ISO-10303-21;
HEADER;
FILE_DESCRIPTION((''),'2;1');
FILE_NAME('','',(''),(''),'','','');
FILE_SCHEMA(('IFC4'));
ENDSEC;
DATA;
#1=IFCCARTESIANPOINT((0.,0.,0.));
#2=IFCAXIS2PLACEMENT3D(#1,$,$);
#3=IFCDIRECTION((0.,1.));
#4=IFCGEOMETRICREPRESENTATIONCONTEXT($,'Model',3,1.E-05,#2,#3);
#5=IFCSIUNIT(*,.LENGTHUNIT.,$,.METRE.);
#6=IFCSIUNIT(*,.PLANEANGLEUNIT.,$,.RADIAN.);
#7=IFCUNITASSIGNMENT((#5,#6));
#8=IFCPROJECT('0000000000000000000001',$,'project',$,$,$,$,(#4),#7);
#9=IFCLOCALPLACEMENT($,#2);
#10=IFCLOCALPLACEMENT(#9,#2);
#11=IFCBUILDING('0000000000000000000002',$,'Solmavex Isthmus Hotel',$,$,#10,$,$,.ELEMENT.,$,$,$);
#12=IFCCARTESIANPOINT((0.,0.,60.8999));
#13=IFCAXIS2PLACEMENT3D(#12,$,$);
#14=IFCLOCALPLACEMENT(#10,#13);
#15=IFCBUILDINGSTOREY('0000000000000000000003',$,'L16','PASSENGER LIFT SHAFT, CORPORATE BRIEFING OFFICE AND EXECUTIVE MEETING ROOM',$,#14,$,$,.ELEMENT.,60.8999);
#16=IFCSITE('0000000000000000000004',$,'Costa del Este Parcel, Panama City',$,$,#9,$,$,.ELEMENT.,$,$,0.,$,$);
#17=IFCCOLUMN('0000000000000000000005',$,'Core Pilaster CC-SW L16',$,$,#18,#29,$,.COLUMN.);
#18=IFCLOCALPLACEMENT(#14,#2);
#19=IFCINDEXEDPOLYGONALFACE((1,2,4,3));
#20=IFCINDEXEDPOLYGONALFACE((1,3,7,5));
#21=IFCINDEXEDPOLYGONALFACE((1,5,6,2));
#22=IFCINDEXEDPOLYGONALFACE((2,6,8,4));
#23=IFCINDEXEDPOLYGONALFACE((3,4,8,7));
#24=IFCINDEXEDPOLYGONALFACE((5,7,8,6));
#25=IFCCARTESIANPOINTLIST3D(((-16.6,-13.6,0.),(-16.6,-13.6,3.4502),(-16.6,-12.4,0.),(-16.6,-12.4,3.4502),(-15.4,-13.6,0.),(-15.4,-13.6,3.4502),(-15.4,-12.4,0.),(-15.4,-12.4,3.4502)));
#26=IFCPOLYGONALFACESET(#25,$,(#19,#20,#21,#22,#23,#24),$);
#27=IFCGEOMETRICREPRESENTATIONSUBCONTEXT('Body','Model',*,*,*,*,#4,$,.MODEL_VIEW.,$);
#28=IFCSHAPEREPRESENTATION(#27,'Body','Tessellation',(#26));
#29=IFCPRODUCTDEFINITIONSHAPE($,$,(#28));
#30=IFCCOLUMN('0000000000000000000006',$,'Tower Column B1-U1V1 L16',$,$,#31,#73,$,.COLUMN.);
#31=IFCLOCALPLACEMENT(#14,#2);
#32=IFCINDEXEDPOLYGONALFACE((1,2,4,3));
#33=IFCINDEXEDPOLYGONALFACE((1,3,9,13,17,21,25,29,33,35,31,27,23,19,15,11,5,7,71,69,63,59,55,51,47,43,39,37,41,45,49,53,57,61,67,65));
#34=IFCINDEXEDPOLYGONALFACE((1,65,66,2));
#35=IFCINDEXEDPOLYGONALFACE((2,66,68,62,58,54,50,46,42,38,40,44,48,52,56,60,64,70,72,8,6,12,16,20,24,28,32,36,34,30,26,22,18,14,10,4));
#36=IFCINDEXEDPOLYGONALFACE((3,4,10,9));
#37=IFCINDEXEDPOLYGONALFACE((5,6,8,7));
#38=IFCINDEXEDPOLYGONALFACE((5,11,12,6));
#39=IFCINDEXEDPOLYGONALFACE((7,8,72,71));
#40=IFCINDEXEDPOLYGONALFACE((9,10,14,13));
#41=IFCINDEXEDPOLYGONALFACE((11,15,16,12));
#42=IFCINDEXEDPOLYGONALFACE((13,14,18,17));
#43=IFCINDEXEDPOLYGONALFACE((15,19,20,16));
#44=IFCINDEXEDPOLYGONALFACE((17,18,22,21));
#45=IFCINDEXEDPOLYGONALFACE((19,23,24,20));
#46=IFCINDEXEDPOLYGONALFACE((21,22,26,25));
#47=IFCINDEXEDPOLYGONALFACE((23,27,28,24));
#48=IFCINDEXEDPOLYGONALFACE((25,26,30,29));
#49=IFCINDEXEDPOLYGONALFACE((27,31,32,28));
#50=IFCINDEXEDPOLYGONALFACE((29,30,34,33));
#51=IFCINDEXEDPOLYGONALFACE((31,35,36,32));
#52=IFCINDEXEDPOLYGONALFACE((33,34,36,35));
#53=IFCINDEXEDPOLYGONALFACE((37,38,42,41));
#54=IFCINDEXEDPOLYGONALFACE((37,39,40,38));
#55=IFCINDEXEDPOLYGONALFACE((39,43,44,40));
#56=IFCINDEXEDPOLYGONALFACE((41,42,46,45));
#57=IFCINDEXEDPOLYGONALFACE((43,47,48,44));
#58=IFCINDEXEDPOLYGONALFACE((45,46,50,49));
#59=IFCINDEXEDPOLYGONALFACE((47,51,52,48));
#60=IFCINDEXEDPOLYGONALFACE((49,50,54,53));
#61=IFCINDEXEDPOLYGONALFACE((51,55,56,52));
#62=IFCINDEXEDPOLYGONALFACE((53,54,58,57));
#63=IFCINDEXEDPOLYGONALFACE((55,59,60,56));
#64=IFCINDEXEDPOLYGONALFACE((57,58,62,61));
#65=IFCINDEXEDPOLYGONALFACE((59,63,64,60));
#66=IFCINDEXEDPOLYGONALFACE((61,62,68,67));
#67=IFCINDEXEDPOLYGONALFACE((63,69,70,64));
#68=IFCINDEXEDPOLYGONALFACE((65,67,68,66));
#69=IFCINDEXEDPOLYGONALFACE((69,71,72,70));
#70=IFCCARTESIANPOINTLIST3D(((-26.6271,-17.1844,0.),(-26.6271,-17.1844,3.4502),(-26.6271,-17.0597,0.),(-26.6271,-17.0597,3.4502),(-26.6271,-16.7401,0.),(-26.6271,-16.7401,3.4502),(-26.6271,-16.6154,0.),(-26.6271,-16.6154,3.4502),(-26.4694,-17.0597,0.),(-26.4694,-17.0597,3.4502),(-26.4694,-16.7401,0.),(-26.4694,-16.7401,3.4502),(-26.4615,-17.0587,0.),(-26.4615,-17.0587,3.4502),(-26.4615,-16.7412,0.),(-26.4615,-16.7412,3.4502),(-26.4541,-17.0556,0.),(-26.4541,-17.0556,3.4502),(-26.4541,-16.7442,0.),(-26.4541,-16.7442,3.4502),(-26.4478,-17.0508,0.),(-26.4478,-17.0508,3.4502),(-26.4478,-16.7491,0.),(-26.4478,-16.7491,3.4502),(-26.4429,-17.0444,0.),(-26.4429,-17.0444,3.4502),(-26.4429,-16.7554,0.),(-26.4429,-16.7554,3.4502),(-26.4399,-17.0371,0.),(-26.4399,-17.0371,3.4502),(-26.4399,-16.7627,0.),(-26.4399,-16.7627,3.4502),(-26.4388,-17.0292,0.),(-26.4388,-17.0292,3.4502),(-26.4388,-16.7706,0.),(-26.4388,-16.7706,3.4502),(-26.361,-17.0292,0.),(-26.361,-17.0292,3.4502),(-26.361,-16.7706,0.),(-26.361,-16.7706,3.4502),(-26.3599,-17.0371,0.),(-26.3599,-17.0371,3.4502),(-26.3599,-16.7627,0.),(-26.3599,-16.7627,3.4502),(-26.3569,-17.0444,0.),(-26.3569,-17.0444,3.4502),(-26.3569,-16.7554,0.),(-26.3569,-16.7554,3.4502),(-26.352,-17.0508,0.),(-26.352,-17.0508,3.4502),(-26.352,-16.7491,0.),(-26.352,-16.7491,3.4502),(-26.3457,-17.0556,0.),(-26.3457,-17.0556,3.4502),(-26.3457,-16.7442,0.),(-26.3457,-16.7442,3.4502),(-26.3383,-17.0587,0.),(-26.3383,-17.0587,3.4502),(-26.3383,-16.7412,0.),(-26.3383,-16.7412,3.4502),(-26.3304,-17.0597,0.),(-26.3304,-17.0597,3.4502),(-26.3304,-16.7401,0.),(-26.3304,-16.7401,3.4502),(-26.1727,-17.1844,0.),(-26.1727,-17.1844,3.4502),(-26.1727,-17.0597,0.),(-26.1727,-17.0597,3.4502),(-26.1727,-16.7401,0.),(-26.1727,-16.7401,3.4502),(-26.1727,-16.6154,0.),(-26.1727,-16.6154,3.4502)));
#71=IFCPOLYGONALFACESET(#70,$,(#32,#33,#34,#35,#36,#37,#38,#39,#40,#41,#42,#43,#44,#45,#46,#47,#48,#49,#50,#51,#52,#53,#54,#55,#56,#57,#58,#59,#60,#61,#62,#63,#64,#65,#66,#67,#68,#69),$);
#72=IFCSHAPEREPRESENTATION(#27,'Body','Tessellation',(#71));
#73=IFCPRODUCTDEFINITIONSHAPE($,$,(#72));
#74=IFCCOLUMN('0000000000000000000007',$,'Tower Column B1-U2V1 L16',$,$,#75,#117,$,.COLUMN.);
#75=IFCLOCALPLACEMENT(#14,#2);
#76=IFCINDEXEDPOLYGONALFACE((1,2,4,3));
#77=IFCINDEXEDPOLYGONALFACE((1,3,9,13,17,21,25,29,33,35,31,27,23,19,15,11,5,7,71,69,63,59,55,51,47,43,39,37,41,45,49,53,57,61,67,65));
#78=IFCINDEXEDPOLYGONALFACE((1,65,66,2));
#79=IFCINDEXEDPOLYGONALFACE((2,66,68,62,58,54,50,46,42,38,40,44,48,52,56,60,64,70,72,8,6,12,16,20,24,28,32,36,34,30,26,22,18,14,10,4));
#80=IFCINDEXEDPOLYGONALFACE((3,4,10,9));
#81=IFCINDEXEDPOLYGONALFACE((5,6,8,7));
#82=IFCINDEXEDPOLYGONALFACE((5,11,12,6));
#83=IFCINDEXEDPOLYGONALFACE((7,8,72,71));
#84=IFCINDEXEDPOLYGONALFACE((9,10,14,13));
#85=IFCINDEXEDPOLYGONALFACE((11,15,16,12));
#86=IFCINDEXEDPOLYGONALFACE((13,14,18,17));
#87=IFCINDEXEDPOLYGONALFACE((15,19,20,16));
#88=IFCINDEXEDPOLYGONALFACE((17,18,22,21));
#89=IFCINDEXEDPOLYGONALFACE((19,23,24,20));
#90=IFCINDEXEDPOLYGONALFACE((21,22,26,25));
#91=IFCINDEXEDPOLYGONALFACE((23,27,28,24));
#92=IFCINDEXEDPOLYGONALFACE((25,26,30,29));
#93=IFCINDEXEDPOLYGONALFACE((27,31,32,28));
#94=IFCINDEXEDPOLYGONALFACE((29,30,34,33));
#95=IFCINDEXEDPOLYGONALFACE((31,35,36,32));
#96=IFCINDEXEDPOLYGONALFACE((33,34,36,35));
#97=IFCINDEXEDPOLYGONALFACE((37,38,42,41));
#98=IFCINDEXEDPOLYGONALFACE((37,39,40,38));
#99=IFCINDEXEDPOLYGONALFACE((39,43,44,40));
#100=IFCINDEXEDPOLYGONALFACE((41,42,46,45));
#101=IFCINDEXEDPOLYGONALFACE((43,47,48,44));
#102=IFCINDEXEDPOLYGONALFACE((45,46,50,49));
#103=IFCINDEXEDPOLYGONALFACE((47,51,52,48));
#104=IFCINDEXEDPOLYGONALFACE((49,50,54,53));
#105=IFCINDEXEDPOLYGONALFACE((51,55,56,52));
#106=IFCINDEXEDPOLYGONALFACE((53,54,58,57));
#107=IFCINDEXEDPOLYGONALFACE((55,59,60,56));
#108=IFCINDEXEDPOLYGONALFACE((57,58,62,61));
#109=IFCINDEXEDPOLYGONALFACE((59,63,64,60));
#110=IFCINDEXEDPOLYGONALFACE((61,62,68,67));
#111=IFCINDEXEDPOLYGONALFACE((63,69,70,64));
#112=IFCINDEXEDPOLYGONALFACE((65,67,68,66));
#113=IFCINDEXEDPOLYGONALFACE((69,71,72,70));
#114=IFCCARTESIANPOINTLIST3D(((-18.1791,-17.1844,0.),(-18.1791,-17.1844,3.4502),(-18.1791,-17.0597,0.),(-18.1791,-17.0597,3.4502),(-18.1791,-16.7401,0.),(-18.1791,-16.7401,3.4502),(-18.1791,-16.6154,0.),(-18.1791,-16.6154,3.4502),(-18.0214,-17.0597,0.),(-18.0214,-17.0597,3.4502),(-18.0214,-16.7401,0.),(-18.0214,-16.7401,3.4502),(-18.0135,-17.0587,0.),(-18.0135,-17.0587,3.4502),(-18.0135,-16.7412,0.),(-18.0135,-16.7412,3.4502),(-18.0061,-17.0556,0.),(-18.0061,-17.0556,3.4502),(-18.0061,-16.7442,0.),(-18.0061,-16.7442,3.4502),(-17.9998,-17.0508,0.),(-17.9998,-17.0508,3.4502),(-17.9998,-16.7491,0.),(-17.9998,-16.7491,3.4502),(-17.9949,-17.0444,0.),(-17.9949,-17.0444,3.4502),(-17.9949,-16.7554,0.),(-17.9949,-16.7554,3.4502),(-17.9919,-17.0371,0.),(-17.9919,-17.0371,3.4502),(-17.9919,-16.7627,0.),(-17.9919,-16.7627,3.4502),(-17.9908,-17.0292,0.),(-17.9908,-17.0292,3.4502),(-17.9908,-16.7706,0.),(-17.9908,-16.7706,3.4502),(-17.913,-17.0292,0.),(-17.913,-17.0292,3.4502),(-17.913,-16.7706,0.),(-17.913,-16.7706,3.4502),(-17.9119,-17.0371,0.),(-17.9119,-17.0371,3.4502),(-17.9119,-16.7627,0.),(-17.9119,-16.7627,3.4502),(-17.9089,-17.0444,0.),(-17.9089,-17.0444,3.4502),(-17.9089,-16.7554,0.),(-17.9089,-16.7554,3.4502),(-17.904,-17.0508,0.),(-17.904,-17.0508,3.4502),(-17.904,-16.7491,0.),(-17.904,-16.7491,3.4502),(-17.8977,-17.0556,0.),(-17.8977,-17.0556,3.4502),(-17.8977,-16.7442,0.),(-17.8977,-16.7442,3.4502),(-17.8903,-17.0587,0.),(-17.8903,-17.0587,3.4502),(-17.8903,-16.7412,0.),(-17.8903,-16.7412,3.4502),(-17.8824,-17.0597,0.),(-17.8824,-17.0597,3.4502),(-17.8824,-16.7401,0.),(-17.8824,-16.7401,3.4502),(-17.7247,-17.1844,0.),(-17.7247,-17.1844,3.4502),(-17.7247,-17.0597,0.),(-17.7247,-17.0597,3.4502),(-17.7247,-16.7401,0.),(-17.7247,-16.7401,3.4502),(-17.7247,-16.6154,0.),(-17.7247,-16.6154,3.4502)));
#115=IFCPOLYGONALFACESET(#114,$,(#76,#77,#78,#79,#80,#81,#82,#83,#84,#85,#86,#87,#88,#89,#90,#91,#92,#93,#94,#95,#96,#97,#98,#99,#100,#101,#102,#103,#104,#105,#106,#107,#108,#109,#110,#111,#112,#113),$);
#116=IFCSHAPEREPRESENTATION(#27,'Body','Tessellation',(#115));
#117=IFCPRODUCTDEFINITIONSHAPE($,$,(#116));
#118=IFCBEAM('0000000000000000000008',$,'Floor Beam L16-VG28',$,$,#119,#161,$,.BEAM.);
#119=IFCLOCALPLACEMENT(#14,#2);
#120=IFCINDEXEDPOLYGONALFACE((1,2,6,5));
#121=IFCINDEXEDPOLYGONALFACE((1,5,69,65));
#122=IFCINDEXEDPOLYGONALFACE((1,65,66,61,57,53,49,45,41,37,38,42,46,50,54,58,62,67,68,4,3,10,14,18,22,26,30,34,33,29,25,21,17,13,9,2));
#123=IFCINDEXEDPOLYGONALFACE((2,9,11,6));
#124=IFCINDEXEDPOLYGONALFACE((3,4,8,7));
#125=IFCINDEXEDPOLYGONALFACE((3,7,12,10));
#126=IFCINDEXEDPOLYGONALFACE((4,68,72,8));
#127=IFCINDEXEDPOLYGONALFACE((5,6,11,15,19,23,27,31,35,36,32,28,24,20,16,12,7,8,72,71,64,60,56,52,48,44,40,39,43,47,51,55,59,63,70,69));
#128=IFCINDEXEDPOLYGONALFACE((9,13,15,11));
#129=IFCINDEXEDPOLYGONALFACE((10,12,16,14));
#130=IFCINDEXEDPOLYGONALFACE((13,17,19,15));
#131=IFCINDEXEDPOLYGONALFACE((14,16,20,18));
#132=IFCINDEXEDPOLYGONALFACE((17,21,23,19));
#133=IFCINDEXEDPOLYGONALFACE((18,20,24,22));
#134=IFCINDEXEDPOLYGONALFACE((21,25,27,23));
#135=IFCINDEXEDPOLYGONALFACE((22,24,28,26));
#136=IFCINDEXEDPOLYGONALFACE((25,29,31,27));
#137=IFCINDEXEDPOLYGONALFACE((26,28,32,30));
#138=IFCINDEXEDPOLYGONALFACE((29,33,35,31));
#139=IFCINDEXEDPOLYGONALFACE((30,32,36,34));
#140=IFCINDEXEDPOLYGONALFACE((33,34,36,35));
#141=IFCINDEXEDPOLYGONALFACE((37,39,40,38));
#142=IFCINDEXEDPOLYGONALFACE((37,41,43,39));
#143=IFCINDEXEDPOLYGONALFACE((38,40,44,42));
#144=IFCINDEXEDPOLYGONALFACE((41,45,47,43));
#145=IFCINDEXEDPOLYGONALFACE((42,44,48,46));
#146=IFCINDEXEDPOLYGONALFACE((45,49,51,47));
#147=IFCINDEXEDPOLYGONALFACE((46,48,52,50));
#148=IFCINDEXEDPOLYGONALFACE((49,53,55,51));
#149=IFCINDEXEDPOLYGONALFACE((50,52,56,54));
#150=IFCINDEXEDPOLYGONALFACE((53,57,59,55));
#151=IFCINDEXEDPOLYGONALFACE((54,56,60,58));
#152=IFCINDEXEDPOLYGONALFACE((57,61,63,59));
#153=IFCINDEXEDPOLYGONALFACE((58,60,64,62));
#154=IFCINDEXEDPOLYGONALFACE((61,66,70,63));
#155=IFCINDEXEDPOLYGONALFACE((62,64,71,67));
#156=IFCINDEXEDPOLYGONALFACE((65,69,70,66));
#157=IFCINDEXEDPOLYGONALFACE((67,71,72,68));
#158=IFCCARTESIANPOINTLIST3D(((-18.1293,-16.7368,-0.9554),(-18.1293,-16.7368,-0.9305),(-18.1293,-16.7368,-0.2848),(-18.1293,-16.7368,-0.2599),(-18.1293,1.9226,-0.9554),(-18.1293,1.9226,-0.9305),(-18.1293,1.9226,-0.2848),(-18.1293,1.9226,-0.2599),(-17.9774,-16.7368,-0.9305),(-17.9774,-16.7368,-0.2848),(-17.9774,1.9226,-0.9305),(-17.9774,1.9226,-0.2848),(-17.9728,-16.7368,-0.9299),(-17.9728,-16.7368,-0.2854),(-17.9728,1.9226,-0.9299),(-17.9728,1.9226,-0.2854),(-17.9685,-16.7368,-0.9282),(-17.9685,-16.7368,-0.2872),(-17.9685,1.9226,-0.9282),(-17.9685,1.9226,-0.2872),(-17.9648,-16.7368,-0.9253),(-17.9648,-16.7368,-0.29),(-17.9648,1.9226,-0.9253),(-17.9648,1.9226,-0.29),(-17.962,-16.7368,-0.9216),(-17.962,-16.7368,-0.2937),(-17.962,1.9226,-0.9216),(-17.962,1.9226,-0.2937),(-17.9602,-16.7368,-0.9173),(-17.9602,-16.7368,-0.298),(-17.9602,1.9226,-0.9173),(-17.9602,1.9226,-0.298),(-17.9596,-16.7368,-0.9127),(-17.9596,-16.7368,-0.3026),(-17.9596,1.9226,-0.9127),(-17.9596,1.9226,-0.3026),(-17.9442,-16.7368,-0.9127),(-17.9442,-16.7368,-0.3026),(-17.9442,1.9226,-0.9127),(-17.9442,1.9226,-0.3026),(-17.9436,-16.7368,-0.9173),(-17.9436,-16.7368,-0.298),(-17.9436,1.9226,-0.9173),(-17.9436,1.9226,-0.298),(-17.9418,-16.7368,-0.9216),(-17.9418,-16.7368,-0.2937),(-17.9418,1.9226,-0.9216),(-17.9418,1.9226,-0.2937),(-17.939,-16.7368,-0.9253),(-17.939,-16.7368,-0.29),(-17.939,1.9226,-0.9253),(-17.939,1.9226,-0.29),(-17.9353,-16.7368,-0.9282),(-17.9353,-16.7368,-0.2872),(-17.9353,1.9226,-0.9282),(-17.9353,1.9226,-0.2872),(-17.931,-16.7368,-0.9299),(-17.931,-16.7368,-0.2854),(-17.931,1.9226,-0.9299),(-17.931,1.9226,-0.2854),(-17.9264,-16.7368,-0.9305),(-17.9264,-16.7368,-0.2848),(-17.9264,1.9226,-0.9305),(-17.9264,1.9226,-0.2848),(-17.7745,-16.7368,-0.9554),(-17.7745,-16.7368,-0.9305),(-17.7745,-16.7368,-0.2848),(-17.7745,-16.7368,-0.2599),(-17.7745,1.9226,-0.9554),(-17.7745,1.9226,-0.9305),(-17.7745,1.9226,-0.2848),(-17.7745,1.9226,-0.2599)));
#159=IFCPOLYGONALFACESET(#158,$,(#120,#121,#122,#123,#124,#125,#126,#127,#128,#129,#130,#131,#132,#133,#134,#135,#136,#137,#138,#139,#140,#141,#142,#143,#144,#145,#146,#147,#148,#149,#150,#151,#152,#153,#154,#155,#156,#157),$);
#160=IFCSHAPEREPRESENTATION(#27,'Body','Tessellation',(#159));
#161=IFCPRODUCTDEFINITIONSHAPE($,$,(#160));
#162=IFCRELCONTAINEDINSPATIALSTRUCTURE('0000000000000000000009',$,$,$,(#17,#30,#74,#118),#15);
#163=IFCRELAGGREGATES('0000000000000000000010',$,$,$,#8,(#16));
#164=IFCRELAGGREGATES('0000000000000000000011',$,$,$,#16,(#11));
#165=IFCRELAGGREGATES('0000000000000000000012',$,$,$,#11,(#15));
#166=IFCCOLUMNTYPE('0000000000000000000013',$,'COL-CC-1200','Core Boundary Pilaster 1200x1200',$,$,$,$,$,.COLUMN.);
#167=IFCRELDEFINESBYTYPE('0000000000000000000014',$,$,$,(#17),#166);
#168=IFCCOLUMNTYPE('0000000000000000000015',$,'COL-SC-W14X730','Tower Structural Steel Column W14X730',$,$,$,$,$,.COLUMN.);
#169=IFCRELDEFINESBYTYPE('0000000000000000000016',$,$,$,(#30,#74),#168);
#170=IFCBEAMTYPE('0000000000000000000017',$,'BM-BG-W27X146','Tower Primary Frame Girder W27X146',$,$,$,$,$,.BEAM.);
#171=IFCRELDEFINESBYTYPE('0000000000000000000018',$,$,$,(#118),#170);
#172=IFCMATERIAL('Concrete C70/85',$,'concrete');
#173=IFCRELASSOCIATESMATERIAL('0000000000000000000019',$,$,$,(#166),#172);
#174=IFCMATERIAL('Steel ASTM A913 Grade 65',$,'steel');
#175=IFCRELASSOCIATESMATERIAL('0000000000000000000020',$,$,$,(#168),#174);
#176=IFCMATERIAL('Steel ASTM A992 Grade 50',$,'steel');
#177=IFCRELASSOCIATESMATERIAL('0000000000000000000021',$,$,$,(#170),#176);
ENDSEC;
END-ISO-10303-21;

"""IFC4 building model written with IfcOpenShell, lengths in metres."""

from ifc_helpers import new_model, si_unit, direction, frame, origin, origin_2d, place, context, subcontext, project, spatial, rectangle, i_section, extrude, material, material_profile, profile_set, type_object, element, save


model = new_model("IFC4")

# Units and contexts
model_context = context("Model", 3, precision=1e-05, world=origin(), true_north=direction((0.0, 1.0)))
body_context = subcontext(model_context, "Body", "Model", "MODEL_VIEW")
ifc_project = project(units=[si_unit("LENGTHUNIT", "METRE"), si_unit("PLANEANGLEUNIT", "RADIAN")], contexts=[model_context])

# Site, building, storey
site_placement = place(None, origin())
site = spatial("IfcSite", under=ifc_project, at=site_placement, Name="Costa del Este Parcel, Panama City", CompositionType="ELEMENT", RefElevation=0.0)
building_placement = place(site_placement, origin())
building = spatial("IfcBuilding", under=site, at=building_placement, Name="Solmavex Isthmus Hotel", CompositionType="ELEMENT")
storey_placement = place(building_placement, frame((0.0, 0.0, 60.8999)))
storey = spatial("IfcBuildingStorey", under=building, at=storey_placement, Name="L16", Description="PASSENGER LIFT SHAFT, CORPORATE BRIEFING OFFICE AND EXECUTIVE MEETING ROOM", CompositionType="ELEMENT", Elevation=60.8999)

# Columns
ifc_material_1 = material(Name="Concrete C70/85", Category="concrete")
ifc_material_profile_1 = material_profile(ifc_material_1, rectangle(XDim=1.2, YDim=1.2, at=origin_2d()), Name="RC1200X1200")
ifc_profile_set_1 = profile_set([ifc_material_profile_1], Name="Concrete C70/85")
column_type_1 = type_object("IfcColumnType", Name="COL-CC-1200", Description="Core Boundary Pilaster 1200x1200", PredefinedType="COLUMN", material=ifc_profile_set_1)
column_placement = place(storey_placement, frame((-16.0, -13.0, 0.0), z_axis=(0.0, 0.0, 1.0), x_axis=(1.0, 0.0, 0.0)))
element("IfcColumn", 1, at=column_placement, inside=storey, type_object=column_type_1, Name="Core Pilaster CC-SW L16", PredefinedType="COLUMN", context=body_context, shape_type="SweptSolid", body=[
    extrude(rectangle(XDim=1.2, YDim=1.2, at=origin_2d()), origin(), (0.0, 0.0, 1.0), 3.4502),
])
ifc_material_2 = material(Name="Steel ASTM A913 Grade 65", Category="steel")
ifc_material_profile_2 = material_profile(ifc_material_2, i_section(OverallWidth=0.4543, OverallDepth=0.5691, WebThickness=0.0779, FlangeThickness=0.1248, FilletRadius=0.0305, at=origin_2d()), Name="W14X730")
ifc_profile_set_2 = profile_set([ifc_material_profile_2], Name="Steel ASTM A913 Grade 65")
column_type_2 = type_object("IfcColumnType", Name="COL-SC-W14X730", Description="Tower Structural Steel Column W14X730", PredefinedType="COLUMN", material=ifc_profile_set_2)
for number, where, z_axis, x_axis, name in (
    (2, (-26.3999, -16.8999, 0.0), (0.0, 0.0, 1.0), (1.0, 0.0, 0.0), "Tower Column B1-U1V1 L16"),
    (3, (-17.9519, -16.8999, 0.0), (0.0, 0.0, 1.0), (1.0, 0.0, 0.0), "Tower Column B1-U2V1 L16"),
):
    element("IfcColumn", number, at=place(storey_placement, frame(where, z_axis=z_axis, x_axis=x_axis)), inside=storey, type_object=column_type_2, Name=name, PredefinedType="COLUMN", context=body_context, shape_type="SweptSolid", body=[
        extrude(i_section(OverallWidth=0.4543, OverallDepth=0.5691, WebThickness=0.0779, FlangeThickness=0.1248, FilletRadius=0.0305, at=origin_2d()), origin(), (0.0, 0.0, 1.0), 3.4502),
    ])

# Beam
ifc_material_3 = material(Name="Steel ASTM A992 Grade 50", Category="steel")
ifc_material_profile_3 = material_profile(ifc_material_3, i_section(OverallWidth=0.3547, OverallDepth=0.6956, WebThickness=0.0154, FlangeThickness=0.0249, FilletRadius=0.0178, at=origin_2d()), Name="W27X146")
ifc_profile_set_3 = profile_set([ifc_material_profile_3], Name="Steel ASTM A992 Grade 50")
beam_type_1 = type_object("IfcBeamType", Name="BM-BG-W27X146", Description="Tower Primary Frame Girder W27X146", PredefinedType="BEAM", material=ifc_profile_set_3)
beam_1_placement = place(storey_placement, frame((-17.9519, -16.7368, -0.6077), z_axis=(0.0, 1.0, 0.0), x_axis=(-1.0, 0.0, 0.0)))
element("IfcBeam", 4, at=beam_1_placement, inside=storey, type_object=beam_type_1, Name="Floor Beam L16-VG28", PredefinedType="BEAM", context=body_context, shape_type="SweptSolid", body=[
    extrude(i_section(OverallWidth=0.3547, OverallDepth=0.6956, WebThickness=0.0154, FlangeThickness=0.0249, FilletRadius=0.0178, at=origin_2d()), origin(), (0.0, 0.0, 1.0), 18.6594),
])

save(model, "model.ifc")
